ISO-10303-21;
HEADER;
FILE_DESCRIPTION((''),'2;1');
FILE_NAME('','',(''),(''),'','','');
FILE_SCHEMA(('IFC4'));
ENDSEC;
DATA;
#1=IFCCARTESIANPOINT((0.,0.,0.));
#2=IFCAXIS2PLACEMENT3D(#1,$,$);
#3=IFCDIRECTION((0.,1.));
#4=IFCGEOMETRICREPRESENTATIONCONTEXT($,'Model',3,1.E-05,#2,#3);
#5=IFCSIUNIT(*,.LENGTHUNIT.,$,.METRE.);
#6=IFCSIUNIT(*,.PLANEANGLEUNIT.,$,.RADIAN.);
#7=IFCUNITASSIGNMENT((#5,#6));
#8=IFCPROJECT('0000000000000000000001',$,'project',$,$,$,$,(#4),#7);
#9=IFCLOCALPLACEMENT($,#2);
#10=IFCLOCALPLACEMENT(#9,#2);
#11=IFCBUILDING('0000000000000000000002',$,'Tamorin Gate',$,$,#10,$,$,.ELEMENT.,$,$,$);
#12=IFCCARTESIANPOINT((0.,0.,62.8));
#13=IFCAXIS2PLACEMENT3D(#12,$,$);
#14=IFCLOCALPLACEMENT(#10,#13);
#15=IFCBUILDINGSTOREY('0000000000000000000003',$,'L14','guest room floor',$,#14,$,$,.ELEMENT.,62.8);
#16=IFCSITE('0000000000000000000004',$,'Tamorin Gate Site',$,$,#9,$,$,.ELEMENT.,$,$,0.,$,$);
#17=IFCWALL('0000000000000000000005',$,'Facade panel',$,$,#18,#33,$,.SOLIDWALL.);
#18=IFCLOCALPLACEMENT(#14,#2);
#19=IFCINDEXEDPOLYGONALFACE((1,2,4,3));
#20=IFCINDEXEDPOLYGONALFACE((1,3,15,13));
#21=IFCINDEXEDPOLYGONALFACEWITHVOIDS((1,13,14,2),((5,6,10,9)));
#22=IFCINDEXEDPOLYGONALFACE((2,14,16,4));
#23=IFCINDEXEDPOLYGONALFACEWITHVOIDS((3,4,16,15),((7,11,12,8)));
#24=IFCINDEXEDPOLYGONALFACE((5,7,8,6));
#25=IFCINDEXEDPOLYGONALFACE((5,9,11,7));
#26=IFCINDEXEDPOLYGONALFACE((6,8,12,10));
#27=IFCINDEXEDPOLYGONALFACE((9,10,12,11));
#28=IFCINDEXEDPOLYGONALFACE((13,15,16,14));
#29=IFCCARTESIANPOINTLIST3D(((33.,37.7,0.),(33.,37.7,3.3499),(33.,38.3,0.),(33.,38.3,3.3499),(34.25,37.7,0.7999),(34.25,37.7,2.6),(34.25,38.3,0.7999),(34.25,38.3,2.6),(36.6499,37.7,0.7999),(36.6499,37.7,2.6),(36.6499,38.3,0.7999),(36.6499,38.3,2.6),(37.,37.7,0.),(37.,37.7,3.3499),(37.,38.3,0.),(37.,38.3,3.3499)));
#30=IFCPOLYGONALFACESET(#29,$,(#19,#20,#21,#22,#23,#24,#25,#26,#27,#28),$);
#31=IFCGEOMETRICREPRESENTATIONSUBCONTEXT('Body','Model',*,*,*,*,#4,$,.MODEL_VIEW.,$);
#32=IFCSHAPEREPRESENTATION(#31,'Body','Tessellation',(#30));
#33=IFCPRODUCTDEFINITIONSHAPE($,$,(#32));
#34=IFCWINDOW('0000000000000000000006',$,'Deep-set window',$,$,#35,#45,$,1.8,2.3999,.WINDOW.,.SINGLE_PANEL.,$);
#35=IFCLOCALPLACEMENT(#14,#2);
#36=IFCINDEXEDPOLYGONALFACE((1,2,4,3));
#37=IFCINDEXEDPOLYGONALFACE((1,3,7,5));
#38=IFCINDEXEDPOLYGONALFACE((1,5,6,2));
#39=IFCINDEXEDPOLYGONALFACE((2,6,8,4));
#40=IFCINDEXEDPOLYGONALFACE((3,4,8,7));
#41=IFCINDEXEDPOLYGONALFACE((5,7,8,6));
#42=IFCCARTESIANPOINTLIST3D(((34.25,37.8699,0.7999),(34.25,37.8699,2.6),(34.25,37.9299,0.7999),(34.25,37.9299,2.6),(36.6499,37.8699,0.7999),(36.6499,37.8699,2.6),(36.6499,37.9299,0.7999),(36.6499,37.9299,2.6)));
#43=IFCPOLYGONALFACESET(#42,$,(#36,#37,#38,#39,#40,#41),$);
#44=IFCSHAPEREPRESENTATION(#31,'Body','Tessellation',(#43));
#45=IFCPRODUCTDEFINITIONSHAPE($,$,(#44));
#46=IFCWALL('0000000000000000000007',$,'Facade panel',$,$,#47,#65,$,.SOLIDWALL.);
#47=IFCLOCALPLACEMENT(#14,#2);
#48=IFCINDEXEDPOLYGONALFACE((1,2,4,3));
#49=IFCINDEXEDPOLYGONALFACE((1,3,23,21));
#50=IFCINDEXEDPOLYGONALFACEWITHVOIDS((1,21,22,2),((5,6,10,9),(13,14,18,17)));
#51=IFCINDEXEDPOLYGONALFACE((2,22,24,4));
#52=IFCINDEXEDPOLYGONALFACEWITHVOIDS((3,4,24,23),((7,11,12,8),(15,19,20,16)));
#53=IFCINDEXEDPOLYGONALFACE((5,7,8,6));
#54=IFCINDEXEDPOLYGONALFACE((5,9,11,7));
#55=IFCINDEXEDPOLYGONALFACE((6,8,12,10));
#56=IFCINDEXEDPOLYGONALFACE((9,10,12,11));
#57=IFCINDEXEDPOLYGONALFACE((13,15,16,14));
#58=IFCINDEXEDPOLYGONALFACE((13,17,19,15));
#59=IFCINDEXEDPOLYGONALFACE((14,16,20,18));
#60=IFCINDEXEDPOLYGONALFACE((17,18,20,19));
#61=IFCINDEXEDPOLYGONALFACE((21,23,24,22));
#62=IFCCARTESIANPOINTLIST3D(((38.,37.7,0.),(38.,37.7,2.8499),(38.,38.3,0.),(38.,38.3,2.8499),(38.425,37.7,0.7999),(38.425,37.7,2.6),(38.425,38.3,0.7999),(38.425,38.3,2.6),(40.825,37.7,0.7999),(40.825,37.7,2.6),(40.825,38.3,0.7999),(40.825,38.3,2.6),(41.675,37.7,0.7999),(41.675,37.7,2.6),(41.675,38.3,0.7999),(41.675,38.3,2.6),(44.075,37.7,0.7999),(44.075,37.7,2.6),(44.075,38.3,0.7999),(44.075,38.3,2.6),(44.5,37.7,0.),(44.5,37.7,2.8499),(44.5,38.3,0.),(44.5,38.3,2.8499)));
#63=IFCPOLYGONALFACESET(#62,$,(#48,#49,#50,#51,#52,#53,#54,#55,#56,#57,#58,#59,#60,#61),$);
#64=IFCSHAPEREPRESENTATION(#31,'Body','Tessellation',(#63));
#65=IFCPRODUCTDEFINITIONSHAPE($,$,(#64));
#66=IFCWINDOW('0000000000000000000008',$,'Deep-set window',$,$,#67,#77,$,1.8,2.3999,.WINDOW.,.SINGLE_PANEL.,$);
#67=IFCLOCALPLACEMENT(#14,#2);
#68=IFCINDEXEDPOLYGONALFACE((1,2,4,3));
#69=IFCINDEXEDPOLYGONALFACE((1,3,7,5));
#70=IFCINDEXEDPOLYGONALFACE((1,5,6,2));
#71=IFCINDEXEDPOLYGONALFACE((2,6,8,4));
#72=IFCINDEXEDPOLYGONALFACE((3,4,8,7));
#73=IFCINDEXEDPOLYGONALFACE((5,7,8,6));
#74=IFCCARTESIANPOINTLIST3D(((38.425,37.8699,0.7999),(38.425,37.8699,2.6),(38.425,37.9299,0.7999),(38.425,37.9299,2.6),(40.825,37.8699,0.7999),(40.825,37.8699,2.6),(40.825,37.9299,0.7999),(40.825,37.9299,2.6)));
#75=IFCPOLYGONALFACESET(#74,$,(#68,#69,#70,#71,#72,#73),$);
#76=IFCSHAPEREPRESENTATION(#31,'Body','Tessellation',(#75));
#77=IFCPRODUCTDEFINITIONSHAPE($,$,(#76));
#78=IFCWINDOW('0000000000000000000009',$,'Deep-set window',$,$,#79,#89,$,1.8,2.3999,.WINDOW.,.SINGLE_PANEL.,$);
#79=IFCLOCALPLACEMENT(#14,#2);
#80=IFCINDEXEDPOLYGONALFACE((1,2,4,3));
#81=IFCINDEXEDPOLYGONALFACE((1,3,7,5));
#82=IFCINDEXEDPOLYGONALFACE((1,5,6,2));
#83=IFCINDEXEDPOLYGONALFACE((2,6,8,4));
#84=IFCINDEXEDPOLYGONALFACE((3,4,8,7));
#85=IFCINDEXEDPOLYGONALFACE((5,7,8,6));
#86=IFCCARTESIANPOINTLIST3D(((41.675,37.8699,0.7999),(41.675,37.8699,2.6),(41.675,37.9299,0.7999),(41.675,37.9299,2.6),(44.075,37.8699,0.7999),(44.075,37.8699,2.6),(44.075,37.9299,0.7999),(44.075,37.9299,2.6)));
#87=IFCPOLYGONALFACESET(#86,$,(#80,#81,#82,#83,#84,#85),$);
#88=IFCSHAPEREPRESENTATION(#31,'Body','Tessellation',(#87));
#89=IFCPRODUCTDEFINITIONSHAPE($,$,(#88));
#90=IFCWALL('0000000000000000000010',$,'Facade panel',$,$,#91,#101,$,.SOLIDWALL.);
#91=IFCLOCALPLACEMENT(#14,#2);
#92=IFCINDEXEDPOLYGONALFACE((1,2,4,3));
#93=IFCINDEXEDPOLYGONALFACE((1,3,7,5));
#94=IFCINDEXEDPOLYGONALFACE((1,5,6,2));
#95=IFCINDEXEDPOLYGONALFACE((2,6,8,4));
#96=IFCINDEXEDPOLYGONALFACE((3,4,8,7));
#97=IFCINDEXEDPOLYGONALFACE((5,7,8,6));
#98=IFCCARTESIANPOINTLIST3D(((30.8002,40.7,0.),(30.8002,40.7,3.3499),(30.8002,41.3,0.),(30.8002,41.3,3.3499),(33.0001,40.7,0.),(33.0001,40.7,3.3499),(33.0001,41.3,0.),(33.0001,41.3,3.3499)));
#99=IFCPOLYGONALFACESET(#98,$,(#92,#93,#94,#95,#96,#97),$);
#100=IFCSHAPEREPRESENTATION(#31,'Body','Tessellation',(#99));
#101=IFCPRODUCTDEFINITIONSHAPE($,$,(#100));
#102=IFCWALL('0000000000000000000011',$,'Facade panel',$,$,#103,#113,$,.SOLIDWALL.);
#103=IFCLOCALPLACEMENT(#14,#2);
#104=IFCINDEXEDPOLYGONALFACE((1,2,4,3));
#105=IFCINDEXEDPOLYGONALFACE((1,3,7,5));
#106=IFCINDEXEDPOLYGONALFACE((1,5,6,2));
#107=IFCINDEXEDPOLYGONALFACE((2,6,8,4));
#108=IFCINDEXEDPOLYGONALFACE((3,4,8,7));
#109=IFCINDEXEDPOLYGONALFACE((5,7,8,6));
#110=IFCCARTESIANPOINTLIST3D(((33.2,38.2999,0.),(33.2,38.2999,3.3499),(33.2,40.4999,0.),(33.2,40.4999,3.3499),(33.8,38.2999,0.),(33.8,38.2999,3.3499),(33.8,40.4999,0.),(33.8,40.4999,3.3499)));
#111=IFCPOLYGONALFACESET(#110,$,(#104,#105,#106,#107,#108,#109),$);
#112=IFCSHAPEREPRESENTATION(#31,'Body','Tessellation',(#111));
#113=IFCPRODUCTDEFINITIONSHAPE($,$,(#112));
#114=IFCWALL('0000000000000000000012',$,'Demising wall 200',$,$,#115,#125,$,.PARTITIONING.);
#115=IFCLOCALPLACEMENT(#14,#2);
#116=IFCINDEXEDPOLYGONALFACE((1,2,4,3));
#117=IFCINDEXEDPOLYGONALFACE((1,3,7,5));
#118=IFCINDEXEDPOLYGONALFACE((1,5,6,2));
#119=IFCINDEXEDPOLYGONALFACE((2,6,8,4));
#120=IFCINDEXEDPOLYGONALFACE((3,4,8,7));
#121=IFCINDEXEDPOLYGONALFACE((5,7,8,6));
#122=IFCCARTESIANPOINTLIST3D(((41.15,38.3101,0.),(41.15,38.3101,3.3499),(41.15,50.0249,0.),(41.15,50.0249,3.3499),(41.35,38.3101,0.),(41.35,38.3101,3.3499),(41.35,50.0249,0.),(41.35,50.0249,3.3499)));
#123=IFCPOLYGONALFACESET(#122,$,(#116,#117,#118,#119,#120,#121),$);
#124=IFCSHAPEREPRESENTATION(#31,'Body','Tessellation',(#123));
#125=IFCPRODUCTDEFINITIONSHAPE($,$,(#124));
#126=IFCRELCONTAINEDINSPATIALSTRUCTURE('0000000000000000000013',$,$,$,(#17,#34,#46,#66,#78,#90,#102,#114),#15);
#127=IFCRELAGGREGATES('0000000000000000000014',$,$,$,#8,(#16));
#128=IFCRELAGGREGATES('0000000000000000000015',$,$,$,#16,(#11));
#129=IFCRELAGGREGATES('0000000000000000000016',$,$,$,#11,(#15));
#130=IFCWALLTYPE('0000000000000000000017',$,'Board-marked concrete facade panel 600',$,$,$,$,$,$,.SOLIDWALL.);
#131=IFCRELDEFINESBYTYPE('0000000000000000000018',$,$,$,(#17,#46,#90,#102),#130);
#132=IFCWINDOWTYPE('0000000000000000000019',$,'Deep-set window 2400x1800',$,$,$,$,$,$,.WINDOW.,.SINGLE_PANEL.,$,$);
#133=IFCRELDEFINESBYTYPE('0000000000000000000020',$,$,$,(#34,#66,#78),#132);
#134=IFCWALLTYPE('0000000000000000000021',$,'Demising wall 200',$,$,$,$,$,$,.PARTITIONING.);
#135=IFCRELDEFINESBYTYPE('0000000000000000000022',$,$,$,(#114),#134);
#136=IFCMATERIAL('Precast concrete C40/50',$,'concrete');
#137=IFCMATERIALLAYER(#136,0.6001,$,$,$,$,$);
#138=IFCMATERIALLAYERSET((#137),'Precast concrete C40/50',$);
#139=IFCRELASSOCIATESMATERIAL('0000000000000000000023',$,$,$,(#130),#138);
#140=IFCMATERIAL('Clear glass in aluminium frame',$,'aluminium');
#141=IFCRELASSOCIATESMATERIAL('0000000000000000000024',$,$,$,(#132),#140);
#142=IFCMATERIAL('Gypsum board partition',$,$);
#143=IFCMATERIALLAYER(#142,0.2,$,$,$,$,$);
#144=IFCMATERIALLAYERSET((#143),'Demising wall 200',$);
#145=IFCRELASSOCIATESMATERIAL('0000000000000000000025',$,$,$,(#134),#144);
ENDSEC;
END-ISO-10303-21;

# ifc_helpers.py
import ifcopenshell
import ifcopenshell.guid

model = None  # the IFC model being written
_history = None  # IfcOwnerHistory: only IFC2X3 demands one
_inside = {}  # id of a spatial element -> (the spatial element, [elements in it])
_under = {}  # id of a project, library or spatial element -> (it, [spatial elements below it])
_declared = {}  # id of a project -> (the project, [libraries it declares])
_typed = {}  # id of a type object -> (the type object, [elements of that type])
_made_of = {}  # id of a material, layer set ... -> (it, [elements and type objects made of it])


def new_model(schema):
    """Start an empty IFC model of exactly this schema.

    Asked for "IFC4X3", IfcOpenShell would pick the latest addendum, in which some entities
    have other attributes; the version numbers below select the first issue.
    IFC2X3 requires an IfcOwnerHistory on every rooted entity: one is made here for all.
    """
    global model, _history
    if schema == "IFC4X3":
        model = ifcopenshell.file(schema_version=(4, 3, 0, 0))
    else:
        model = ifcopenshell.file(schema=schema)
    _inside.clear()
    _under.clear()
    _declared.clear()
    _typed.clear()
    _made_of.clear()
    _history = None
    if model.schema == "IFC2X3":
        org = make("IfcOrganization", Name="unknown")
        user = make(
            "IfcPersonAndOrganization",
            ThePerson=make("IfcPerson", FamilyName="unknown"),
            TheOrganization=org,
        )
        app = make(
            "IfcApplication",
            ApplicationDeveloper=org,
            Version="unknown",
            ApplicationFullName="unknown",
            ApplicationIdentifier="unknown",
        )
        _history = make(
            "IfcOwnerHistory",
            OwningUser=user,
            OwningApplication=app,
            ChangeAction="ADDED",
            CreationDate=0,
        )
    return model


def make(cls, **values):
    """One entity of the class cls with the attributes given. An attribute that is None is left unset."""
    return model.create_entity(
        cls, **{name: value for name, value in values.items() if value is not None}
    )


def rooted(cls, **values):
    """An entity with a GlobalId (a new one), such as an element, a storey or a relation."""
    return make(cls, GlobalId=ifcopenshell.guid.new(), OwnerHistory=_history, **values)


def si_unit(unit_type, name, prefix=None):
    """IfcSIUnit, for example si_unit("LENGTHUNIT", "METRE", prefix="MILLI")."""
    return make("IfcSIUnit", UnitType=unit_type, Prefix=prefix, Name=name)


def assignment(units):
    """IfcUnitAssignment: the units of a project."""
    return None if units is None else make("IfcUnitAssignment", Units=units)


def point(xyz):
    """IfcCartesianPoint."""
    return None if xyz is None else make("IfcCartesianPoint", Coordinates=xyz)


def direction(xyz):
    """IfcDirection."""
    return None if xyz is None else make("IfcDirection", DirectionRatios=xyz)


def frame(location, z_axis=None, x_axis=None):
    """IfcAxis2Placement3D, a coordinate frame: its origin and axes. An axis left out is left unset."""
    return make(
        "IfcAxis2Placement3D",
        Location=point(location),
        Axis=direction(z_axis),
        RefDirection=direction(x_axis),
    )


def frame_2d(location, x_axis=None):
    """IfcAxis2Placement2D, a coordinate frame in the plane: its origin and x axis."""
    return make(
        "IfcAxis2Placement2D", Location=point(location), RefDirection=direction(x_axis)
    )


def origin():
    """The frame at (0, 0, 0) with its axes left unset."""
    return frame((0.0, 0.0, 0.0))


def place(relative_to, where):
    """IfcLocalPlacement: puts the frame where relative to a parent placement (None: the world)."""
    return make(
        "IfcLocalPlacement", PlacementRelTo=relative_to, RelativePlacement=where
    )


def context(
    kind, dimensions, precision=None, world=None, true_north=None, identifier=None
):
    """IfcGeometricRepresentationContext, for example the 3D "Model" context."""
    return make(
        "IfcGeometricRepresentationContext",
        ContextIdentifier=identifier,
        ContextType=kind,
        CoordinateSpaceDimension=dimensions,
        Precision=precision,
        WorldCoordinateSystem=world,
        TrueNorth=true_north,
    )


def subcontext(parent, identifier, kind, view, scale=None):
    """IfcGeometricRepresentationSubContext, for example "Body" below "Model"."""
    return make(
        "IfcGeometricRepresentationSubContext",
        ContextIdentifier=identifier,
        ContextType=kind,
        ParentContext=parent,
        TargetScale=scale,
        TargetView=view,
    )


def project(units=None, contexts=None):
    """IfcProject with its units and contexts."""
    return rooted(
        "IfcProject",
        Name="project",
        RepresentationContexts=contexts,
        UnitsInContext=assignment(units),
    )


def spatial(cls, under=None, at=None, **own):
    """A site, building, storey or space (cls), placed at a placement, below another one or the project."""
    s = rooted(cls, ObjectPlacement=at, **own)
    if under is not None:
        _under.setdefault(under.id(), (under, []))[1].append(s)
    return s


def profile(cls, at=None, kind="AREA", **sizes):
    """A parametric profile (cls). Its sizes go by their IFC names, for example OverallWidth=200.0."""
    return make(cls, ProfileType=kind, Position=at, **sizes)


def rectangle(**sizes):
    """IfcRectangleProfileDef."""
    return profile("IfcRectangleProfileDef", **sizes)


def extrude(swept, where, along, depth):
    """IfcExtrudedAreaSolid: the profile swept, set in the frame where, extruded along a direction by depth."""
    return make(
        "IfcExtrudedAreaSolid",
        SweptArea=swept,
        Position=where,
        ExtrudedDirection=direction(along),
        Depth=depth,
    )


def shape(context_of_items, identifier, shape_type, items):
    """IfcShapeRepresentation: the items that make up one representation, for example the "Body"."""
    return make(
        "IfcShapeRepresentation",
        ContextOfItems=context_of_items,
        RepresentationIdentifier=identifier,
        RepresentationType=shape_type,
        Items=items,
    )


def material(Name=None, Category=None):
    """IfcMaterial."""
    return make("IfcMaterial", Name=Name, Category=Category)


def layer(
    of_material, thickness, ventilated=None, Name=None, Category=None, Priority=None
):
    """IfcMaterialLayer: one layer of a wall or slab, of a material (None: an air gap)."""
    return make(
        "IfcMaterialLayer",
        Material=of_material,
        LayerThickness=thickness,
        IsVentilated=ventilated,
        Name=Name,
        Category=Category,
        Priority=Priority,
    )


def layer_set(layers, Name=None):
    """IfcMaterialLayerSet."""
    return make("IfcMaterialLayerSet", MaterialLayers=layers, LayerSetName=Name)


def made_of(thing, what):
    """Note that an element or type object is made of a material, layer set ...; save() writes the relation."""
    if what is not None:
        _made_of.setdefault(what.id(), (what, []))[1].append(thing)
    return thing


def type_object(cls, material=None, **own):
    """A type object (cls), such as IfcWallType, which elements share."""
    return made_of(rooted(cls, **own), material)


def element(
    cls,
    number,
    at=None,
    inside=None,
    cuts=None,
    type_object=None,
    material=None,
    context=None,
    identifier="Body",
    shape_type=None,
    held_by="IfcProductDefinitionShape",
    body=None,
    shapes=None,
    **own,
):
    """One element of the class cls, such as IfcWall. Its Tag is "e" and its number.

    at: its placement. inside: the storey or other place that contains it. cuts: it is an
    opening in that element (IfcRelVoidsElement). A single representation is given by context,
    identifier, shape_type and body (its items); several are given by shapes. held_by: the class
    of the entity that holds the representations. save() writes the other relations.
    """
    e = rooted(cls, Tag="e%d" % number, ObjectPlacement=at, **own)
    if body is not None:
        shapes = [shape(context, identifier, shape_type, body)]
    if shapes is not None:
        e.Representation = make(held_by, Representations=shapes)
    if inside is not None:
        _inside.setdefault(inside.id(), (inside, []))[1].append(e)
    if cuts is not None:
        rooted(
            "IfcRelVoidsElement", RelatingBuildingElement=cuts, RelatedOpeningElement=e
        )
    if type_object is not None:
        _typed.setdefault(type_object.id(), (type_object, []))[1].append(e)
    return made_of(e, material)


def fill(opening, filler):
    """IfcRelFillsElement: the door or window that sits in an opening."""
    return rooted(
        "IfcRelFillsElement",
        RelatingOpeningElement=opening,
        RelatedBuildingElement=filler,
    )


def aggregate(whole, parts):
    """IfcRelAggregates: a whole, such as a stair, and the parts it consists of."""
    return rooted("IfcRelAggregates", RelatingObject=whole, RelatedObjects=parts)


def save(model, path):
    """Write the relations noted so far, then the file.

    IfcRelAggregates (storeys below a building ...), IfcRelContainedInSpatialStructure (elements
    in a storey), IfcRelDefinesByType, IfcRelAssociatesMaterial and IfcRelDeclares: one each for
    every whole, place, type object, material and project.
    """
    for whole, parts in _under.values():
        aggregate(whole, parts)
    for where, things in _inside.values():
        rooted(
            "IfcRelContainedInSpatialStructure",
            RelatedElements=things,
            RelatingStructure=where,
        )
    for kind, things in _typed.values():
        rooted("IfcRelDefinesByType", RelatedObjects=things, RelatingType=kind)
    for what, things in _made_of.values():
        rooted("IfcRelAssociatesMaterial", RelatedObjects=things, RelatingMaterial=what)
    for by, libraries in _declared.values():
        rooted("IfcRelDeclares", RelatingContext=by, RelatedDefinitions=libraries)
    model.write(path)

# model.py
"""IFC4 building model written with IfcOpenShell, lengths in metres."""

from ifc_helpers import new_model, si_unit, direction, frame, frame_2d, origin, place, context, subcontext, project, spatial, rectangle, extrude, material, layer, layer_set, type_object, element, fill, save


model = new_model("IFC4")

# Units and contexts
model_context = context("Model", 3, precision=1e-05, world=origin(), true_north=direction((0.0, 1.0)))
body_context = subcontext(model_context, "Body", "Model", "MODEL_VIEW")
ifc_project = project(units=[si_unit("LENGTHUNIT", "METRE"), si_unit("PLANEANGLEUNIT", "RADIAN")], contexts=[model_context])

# Site, building, storey
site_placement = place(None, origin())
site = spatial("IfcSite", under=ifc_project, at=site_placement, Name="Tamorin Gate Site", CompositionType="ELEMENT", RefElevation=0.0)
building_placement = place(site_placement, origin())
building = spatial("IfcBuilding", under=site, at=building_placement, Name="Tamorin Gate", CompositionType="ELEMENT")
storey_placement = place(building_placement, frame((0.0, 0.0, 62.8)))
storey = spatial("IfcBuildingStorey", under=building, at=storey_placement, Name="L14", Description="guest room floor", CompositionType="ELEMENT", Elevation=62.8)

# Wall, opening, window
ifc_material_1 = material(Name="Precast concrete C40/50", Category="concrete")
ifc_layer_1 = layer(ifc_material_1, 0.6001)
ifc_layer_set_1 = layer_set([ifc_layer_1], Name="Precast concrete C40/50")
wall_type_1 = type_object("IfcWallType", Name="Board-marked concrete facade panel 600", PredefinedType="SOLIDWALL", material=ifc_layer_set_1)
wall_1_placement = place(storey_placement, frame((33.0, 38.0, 0.0), z_axis=(0.0, 0.0, 1.0), x_axis=(1.0, 0.0, 0.0)))
wall_1 = element("IfcWall", 1, at=wall_1_placement, inside=storey, type_object=wall_type_1, Name="Facade panel", PredefinedType="SOLIDWALL", context=body_context, shape_type="SweptSolid", body=[
    extrude(rectangle(XDim=4.0, YDim=0.6001, at=frame_2d((2.0, 0.0))), origin(), (0.0, 0.0, 1.0), 3.3499),
])
opening_1_placement = place(wall_1_placement, frame((1.25, 0.0, 0.8)))
opening_1 = element("IfcOpeningElement", 2, at=opening_1_placement, cuts=wall_1, PredefinedType="OPENING", context=body_context, shape_type="SweptSolid", body=[
    extrude(rectangle(XDim=2.3999, YDim=1.8, at=frame_2d((1.2, 0.8999))), frame((0.0, 0.3101, 0.0), z_axis=(0.0, -1.0, 0.0), x_axis=(1.0, 0.0, 0.0)), (0.0, 0.0, 1.0), 0.6201),
])
ifc_material_2 = material(Name="Clear glass in aluminium frame", Category="aluminium")
window_type = type_object("IfcWindowType", Name="Deep-set window 2400x1800", PartitioningType="SINGLE_PANEL", PredefinedType="WINDOW", material=ifc_material_2)
window_1_placement = place(opening_1_placement, origin())
window_1 = element("IfcWindow", 3, at=window_1_placement, inside=storey, type_object=window_type, Name="Deep-set window", OverallHeight=1.8, OverallWidth=2.3999, PartitioningType="SINGLE_PANEL", PredefinedType="WINDOW", context=body_context, shape_type="SweptSolid", body=[
    extrude(rectangle(XDim=2.3999, YDim=1.8, at=frame_2d((1.2, 0.8999))), frame((0.0, -0.0701, 0.0), z_axis=(0.0, -1.0, 0.0), x_axis=(1.0, 0.0, 0.0)), (0.0, 0.0, 1.0), 0.0601),
])
fill(opening_1, window_1)

# Wall, openings, windows
wall_2_placement = place(storey_placement, frame((38.0, 38.0, 0.0), z_axis=(0.0, 0.0, 1.0), x_axis=(1.0, 0.0, 0.0)))
wall_2 = element("IfcWall", 4, at=wall_2_placement, inside=storey, type_object=wall_type_1, Name="Facade panel", PredefinedType="SOLIDWALL", context=body_context, shape_type="SweptSolid", body=[
    extrude(rectangle(XDim=6.5, YDim=0.6001, at=frame_2d((3.25, 0.0))), origin(), (0.0, 0.0, 1.0), 2.8499),
])
opening_2_placement = place(wall_2_placement, frame((0.425, 0.0, 0.8)))
opening_2 = element("IfcOpeningElement", 5, at=opening_2_placement, cuts=wall_2, PredefinedType="OPENING", context=body_context, shape_type="SweptSolid", body=[
    extrude(rectangle(XDim=2.3999, YDim=1.8, at=frame_2d((1.2, 0.8999))), frame((0.0, 0.3101, 0.0), z_axis=(0.0, -1.0, 0.0), x_axis=(1.0, 0.0, 0.0)), (0.0, 0.0, 1.0), 0.6201),
])
opening_3_placement = place(wall_2_placement, frame((3.675, 0.0, 0.8)))
opening_3 = element("IfcOpeningElement", 6, at=opening_3_placement, cuts=wall_2, PredefinedType="OPENING", context=body_context, shape_type="SweptSolid", body=[
    extrude(rectangle(XDim=2.3999, YDim=1.8, at=frame_2d((1.2, 0.8999))), frame((0.0, 0.3101, 0.0), z_axis=(0.0, -1.0, 0.0), x_axis=(1.0, 0.0, 0.0)), (0.0, 0.0, 1.0), 0.6201),
])
window_2_placement = place(opening_2_placement, origin())
window_2 = element("IfcWindow", 7, at=window_2_placement, inside=storey, type_object=window_type, Name="Deep-set window", OverallHeight=1.8, OverallWidth=2.3999, PartitioningType="SINGLE_PANEL", PredefinedType="WINDOW", context=body_context, shape_type="SweptSolid", body=[
    extrude(rectangle(XDim=2.3999, YDim=1.8, at=frame_2d((1.2, 0.8999))), frame((0.0, -0.0701, 0.0), z_axis=(0.0, -1.0, 0.0), x_axis=(1.0, 0.0, 0.0)), (0.0, 0.0, 1.0), 0.0601),
])
fill(opening_2, window_2)
window_3_placement = place(opening_3_placement, origin())
window_3 = element("IfcWindow", 8, at=window_3_placement, inside=storey, type_object=window_type, Name="Deep-set window", OverallHeight=1.8, OverallWidth=2.3999, PartitioningType="SINGLE_PANEL", PredefinedType="WINDOW", context=body_context, shape_type="SweptSolid", body=[
    extrude(rectangle(XDim=2.3999, YDim=1.8, at=frame_2d((1.2, 0.8999))), frame((0.0, -0.0701, 0.0), z_axis=(0.0, -1.0, 0.0), x_axis=(1.0, 0.0, 0.0)), (0.0, 0.0, 1.0), 0.0601),
])
fill(opening_3, window_3)

# Walls
for number, where, z_axis, x_axis, name in (
    (9, (30.8, 41.0, 0.0), (0.0, 0.0, 1.0), (1.0, 0.0, 0.0), "Facade panel"),
    (10, (33.5, 40.5, 0.0), (0.0, 0.0, 1.0), (0.0, -1.0, 0.0), "Facade panel"),
):
    element("IfcWall", number, at=place(storey_placement, frame(where, z_axis=z_axis, x_axis=x_axis)), inside=storey, type_object=wall_type_1, Name=name, PredefinedType="SOLIDWALL", context=body_context, shape_type="SweptSolid", body=[
        extrude(rectangle(XDim=2.2, YDim=0.6001, at=frame_2d((1.1001, 0.0))), origin(), (0.0, 0.0, 1.0), 3.3499),
    ])
ifc_material_3 = material(Name="Gypsum board partition")
ifc_layer_2 = layer(ifc_material_3, 0.2)
ifc_layer_set_2 = layer_set([ifc_layer_2], Name="Demising wall 200")
wall_type_2 = type_object("IfcWallType", Name="Demising wall 200", PredefinedType="PARTITIONING", material=ifc_layer_set_2)
wall_3_placement = place(storey_placement, frame((41.25, 38.3101, 0.0), z_axis=(0.0, 0.0, 1.0), x_axis=(0.0, 1.0, 0.0)))
element("IfcWall", 11, at=wall_3_placement, inside=storey, type_object=wall_type_2, Name="Demising wall 200", PredefinedType="PARTITIONING", context=body_context, shape_type="SweptSolid", body=[
    extrude(rectangle(XDim=11.7148, YDim=0.2, at=frame_2d((5.8574, 0.0))), origin(), (0.0, 0.0, 1.0), 3.3499),
])

save(model, "model.ifc")
